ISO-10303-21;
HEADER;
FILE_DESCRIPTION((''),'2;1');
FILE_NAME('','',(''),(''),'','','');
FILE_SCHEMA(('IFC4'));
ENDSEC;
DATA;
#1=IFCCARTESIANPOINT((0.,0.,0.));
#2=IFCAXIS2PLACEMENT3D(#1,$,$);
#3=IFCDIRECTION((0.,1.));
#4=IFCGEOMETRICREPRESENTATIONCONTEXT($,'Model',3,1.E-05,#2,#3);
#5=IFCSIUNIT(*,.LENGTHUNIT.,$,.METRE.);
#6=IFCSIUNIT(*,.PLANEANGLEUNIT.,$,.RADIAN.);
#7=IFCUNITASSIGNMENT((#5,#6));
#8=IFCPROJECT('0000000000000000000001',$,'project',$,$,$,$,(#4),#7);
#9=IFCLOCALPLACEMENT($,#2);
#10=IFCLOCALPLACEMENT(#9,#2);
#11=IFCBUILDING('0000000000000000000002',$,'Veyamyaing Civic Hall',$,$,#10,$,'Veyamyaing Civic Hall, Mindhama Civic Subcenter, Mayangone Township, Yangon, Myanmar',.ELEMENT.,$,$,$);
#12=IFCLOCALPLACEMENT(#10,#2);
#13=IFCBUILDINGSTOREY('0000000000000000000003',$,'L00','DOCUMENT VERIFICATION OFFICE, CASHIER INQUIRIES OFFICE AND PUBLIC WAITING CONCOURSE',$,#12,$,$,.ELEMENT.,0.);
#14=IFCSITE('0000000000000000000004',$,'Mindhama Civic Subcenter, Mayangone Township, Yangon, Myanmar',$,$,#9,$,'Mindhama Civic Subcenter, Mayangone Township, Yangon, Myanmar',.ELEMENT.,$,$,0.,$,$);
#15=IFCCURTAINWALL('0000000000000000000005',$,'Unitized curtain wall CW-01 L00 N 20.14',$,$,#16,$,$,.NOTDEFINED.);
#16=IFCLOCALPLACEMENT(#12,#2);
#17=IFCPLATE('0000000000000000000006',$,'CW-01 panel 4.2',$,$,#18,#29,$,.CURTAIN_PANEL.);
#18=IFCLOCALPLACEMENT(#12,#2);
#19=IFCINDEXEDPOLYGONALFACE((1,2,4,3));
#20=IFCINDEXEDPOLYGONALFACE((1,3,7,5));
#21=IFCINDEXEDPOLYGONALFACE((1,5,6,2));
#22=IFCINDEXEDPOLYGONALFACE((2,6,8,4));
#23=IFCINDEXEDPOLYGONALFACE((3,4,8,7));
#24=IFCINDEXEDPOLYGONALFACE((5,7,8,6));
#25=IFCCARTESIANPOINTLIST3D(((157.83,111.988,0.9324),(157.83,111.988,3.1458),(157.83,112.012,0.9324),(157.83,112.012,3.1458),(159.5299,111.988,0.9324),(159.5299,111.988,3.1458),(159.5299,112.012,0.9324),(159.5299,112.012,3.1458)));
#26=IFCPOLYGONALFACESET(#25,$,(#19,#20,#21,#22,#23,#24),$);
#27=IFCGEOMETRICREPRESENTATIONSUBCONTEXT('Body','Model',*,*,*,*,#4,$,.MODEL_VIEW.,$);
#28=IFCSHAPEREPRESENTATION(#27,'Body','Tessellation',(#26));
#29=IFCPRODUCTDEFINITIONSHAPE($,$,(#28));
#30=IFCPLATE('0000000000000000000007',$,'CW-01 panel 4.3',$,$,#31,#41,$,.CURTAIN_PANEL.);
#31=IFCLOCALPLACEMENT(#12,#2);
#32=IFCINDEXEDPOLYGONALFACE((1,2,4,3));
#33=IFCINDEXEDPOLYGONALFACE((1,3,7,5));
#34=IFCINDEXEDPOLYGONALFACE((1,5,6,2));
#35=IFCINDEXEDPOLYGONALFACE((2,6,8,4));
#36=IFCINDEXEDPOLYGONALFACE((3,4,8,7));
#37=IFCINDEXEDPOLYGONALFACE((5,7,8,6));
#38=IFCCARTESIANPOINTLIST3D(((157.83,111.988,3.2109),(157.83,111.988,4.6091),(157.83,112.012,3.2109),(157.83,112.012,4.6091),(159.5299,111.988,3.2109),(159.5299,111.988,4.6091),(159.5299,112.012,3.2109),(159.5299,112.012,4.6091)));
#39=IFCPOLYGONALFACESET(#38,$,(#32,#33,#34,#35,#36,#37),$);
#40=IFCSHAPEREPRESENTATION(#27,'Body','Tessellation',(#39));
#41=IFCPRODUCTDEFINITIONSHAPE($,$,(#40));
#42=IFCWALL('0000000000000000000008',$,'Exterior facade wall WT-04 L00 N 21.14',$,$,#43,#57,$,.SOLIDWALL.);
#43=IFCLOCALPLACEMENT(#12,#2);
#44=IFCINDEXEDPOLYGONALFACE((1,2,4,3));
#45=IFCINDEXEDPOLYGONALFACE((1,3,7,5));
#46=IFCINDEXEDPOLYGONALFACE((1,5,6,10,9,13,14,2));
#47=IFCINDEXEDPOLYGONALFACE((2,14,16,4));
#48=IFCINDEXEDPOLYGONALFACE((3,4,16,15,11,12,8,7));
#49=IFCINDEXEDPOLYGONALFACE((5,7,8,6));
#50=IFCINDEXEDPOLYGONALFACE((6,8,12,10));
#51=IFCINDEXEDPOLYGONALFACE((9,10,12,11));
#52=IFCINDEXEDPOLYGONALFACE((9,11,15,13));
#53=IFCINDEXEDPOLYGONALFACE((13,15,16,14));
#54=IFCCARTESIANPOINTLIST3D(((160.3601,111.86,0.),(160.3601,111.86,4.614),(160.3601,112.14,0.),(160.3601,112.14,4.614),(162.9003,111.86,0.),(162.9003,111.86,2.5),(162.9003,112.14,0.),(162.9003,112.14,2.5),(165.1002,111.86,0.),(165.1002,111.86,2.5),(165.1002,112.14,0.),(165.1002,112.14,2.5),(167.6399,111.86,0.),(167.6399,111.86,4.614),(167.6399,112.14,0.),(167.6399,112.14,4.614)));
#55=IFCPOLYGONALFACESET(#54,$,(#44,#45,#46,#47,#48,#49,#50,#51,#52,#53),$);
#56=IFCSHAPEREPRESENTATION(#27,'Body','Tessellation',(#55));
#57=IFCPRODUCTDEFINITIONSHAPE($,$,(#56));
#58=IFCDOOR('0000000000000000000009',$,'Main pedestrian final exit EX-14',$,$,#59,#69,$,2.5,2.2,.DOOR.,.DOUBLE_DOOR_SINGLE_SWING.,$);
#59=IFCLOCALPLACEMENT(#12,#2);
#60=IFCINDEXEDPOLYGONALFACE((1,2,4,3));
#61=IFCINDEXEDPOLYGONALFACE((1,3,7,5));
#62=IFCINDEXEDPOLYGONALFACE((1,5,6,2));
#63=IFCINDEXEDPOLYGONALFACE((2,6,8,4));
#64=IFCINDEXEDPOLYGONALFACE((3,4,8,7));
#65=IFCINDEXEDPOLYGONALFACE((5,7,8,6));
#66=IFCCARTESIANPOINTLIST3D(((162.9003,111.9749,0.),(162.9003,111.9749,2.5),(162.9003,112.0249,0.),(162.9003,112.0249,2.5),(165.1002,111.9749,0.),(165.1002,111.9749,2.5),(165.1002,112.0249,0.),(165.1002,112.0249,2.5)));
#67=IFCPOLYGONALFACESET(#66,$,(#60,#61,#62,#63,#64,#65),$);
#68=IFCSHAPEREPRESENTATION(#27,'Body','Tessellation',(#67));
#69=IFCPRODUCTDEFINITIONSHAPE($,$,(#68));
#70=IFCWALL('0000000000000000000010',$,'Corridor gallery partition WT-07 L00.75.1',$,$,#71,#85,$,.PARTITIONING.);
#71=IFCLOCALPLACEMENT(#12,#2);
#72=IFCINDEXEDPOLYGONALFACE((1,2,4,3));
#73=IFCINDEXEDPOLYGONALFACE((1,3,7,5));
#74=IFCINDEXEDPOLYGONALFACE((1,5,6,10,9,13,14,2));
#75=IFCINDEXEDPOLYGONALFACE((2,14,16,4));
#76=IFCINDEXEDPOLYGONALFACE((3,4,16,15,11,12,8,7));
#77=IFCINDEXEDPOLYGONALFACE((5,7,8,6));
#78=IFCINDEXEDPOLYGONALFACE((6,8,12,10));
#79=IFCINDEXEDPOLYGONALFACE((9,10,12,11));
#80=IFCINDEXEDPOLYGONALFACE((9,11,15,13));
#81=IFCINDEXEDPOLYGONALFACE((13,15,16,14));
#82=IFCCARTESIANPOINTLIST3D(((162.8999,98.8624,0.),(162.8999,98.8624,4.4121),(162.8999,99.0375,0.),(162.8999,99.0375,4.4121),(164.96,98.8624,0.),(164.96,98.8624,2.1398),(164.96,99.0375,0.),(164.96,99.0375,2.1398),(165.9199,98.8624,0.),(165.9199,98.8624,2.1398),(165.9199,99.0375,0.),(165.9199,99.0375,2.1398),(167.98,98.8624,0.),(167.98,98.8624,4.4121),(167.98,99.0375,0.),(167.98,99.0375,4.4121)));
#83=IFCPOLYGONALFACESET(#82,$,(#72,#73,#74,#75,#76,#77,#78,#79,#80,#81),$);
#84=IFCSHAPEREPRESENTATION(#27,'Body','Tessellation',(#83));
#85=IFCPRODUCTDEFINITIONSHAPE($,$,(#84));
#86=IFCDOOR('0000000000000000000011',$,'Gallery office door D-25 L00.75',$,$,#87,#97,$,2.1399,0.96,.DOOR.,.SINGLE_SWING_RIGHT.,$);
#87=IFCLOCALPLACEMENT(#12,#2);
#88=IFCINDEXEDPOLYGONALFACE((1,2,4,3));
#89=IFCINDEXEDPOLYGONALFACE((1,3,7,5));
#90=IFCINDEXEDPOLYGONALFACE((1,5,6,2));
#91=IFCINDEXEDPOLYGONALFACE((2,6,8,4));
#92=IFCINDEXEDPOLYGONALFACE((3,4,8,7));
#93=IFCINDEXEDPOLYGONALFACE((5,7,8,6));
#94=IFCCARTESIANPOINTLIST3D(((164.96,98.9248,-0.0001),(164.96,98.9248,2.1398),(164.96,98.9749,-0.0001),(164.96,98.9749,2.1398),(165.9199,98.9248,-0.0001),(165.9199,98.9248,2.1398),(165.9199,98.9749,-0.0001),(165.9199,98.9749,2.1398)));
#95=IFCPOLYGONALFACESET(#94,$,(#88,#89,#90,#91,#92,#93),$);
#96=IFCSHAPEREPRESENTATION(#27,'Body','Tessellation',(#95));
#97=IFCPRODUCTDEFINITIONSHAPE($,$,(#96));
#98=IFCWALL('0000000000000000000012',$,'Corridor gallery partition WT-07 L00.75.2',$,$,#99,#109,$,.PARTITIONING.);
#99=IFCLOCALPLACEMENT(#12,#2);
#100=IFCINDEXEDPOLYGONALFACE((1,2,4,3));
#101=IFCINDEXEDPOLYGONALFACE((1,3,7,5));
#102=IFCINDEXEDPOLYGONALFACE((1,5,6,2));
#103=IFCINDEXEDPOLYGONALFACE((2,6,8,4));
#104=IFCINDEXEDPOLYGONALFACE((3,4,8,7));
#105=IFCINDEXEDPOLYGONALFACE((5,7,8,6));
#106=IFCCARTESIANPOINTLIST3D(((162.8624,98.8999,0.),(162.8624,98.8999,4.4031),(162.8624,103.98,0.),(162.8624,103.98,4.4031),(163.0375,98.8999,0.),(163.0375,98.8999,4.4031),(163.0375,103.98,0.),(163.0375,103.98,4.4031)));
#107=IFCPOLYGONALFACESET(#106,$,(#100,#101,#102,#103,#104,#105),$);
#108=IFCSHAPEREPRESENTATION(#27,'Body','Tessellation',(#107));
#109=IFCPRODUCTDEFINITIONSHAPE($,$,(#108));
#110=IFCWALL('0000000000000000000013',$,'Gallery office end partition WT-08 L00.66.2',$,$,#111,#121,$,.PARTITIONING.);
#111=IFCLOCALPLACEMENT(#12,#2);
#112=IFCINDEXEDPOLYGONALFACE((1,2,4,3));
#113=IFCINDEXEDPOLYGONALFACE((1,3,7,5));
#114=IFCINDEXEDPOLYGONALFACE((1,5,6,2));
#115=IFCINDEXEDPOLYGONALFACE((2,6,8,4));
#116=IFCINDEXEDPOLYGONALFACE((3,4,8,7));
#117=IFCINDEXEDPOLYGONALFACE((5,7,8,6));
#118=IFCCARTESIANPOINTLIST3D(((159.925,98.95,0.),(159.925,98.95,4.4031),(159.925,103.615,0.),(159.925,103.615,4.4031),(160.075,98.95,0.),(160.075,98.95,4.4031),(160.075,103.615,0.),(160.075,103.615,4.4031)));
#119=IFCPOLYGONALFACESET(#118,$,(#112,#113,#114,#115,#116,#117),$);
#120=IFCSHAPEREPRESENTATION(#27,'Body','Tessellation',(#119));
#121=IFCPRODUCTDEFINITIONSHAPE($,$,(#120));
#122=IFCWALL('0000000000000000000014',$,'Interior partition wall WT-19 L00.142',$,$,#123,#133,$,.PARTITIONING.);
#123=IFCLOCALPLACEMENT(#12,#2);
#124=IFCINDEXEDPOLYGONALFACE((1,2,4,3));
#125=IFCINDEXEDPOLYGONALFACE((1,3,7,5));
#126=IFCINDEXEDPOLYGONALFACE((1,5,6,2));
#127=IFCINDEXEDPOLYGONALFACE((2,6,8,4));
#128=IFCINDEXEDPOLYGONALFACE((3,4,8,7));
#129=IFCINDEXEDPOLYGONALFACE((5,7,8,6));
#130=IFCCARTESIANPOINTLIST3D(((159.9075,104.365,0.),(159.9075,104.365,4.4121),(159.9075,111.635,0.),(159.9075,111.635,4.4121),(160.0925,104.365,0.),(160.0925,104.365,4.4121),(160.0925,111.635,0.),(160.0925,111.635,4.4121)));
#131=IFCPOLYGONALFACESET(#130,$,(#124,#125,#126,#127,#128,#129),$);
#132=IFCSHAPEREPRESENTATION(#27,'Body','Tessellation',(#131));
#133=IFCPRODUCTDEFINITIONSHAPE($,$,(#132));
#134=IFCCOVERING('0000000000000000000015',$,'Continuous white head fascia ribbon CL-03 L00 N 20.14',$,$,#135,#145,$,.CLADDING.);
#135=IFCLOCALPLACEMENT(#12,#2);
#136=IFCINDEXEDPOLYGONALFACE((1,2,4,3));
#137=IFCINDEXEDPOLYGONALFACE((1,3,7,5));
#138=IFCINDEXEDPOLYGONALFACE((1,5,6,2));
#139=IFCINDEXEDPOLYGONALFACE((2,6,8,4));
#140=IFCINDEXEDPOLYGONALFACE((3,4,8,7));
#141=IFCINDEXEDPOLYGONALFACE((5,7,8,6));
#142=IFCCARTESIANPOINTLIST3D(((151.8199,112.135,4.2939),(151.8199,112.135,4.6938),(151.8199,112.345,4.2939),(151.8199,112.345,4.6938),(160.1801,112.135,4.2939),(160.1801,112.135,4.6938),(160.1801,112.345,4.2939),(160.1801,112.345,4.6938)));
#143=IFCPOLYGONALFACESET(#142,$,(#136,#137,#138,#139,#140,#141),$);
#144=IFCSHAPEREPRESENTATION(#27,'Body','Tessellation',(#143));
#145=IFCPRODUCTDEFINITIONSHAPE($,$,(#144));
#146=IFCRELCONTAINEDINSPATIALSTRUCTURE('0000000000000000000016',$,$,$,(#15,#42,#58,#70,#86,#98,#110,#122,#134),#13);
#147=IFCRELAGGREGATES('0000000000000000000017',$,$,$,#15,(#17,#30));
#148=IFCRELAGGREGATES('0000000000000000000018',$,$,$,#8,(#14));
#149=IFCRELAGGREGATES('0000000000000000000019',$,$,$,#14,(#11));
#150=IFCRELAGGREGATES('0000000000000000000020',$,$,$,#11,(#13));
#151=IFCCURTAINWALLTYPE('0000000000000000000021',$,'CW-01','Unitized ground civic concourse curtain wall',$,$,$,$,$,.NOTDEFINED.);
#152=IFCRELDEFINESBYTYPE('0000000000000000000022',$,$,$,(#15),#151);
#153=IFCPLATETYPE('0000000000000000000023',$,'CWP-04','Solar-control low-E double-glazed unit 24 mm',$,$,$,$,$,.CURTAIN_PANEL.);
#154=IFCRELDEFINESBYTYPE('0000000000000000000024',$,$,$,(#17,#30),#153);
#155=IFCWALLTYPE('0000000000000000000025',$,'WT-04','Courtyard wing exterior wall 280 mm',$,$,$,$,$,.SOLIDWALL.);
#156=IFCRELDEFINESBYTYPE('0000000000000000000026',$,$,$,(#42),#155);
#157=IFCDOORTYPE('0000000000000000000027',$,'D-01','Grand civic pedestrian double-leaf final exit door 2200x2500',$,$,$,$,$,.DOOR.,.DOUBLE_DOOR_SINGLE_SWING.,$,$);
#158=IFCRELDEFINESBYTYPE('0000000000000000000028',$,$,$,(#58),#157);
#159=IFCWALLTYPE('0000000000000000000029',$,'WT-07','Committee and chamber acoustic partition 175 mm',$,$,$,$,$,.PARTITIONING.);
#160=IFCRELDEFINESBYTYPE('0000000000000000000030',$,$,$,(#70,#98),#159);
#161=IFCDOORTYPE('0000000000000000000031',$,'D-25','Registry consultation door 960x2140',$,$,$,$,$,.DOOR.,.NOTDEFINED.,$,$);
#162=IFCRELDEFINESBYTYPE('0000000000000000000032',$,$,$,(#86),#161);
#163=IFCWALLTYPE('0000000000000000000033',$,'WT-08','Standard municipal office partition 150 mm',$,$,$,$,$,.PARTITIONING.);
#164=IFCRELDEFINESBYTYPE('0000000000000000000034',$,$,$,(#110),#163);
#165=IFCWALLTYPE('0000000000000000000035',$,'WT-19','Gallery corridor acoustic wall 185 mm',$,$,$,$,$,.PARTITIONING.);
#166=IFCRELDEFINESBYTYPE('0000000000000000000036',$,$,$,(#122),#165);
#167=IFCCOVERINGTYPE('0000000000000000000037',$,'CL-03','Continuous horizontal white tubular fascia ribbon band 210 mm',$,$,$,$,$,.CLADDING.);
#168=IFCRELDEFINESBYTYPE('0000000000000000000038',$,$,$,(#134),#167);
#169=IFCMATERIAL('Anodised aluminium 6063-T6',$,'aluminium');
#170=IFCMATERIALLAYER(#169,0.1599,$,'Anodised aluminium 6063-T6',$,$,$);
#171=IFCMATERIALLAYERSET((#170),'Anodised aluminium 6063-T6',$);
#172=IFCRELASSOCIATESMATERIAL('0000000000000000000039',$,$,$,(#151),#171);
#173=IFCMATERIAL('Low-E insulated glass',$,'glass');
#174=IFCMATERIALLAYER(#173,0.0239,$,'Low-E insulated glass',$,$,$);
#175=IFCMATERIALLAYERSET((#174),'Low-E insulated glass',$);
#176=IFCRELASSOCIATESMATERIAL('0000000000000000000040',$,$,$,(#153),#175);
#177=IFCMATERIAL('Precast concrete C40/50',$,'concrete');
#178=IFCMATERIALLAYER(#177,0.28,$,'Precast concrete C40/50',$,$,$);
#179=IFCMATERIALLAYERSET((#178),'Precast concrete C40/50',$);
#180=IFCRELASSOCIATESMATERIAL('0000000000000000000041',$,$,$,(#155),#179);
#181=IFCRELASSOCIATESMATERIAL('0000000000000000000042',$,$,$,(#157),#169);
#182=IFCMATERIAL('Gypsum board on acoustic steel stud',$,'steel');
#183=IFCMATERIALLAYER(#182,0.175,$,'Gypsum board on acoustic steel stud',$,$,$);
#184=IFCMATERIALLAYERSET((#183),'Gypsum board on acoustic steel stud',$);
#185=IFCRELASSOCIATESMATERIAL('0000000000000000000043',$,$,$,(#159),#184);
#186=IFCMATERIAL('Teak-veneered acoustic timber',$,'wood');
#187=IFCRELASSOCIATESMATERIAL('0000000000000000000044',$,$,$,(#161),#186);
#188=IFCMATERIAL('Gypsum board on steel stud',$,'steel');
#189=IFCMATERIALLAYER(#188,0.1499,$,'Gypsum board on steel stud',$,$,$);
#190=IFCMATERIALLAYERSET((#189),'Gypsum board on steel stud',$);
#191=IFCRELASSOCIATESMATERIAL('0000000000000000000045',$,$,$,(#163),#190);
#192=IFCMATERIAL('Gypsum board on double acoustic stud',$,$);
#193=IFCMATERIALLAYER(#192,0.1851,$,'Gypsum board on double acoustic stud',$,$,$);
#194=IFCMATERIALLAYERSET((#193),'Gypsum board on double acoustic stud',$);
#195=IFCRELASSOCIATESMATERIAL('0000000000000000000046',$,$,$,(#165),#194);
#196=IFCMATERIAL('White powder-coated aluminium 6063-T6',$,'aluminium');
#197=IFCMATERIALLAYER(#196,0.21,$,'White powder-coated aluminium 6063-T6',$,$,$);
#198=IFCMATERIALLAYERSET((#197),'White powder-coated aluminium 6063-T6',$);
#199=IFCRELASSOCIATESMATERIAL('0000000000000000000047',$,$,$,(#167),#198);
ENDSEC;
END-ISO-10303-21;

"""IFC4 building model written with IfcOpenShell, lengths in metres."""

from ifc_helpers import new_model, si_unit, direction, frame, frame_2d, origin, origin_2d, place, context, subcontext, project, spatial, rectangle, extrude, material, layer, layer_set, type_object, element, fill, aggregate, save


model = new_model("IFC4")

# Units and contexts
model_context = context("Model", 3, precision=1e-05, world=origin(), true_north=direction((0.0, 1.0)))
body_context = subcontext(model_context, "Body", "Model", "MODEL_VIEW")
ifc_project = project(units=[si_unit("LENGTHUNIT", "METRE"), si_unit("PLANEANGLEUNIT", "RADIAN")], contexts=[model_context])

# Site, building, storey
site_placement = place(None, origin())
site = spatial("IfcSite", under=ifc_project, at=site_placement, Name="Mindhama Civic Subcenter, Mayangone Township, Yangon, Myanmar", LongName="Mindhama Civic Subcenter, Mayangone Township, Yangon, Myanmar", CompositionType="ELEMENT", RefElevation=0.0)
building_placement = place(site_placement, origin())
building = spatial("IfcBuilding", under=site, at=building_placement, Name="Veyamyaing Civic Hall", LongName="Veyamyaing Civic Hall, Mindhama Civic Subcenter, Mayangone Township, Yangon, Myanmar", CompositionType="ELEMENT")
storey_placement = place(building_placement, origin())
storey = spatial("IfcBuildingStorey", under=building, at=storey_placement, Name="L00", Description="DOCUMENT VERIFICATION OFFICE, CASHIER INQUIRIES OFFICE AND PUBLIC WAITING CONCOURSE", CompositionType="ELEMENT", Elevation=0.0)

# Curtain wall
ifc_material_1 = material(Name="Anodised aluminium 6063-T6", Category="aluminium")
ifc_layer_1 = layer(ifc_material_1, 0.1599, Name="Anodised aluminium 6063-T6")
ifc_layer_set_1 = layer_set([ifc_layer_1], Name="Anodised aluminium 6063-T6")
curtain_wall_type = type_object("IfcCurtainWallType", Name="CW-01", Description="Unitized ground civic concourse curtain wall", PredefinedType="NOTDEFINED", material=ifc_layer_set_1)
curtain_wall_placement = place(storey_placement, origin())
curtain_wall = element("IfcCurtainWall", 1, at=curtain_wall_placement, inside=storey, type_object=curtain_wall_type, Name="Unitized curtain wall CW-01 L00 N 20.14", PredefinedType="NOTDEFINED")

# Plates
ifc_material_2 = material(Name="Low-E insulated glass", Category="glass")
ifc_layer_2 = layer(ifc_material_2, 0.0239, Name="Low-E insulated glass")
ifc_layer_set_2 = layer_set([ifc_layer_2], Name="Low-E insulated glass")
plate_type = type_object("IfcPlateType", Name="CWP-04", Description="Solar-control low-E double-glazed unit 24 mm", PredefinedType="CURTAIN_PANEL", material=ifc_layer_set_2)
plate_1_placement = place(storey_placement, frame((158.6799, 112.0, 0.9324), z_axis=(0.0, 0.0, 1.0), x_axis=(1.0, 0.0, 0.0)))
plate_1 = element("IfcPlate", 2, at=plate_1_placement, type_object=plate_type, Name="CW-01 panel 4.2", PredefinedType="CURTAIN_PANEL", context=body_context, shape_type="SweptSolid", body=[
    extrude(rectangle(XDim=1.7, YDim=0.0239, at=origin_2d()), origin(), (0.0, 0.0, 1.0), 2.2134),
])
plate_2_placement = place(storey_placement, frame((158.6799, 112.0, 3.2109), z_axis=(0.0, 0.0, 1.0), x_axis=(1.0, 0.0, 0.0)))
plate_2 = element("IfcPlate", 3, at=plate_2_placement, type_object=plate_type, Name="CW-01 panel 4.3", PredefinedType="CURTAIN_PANEL", context=body_context, shape_type="SweptSolid", body=[
    extrude(rectangle(XDim=1.7, YDim=0.0239, at=origin_2d()), origin(), (0.0, 0.0, 1.0), 1.3982),
])
aggregate(curtain_wall, [plate_1, plate_2])

# Walls, openings, doors
ifc_material_3 = material(Name="Precast concrete C40/50", Category="concrete")
ifc_layer_3 = layer(ifc_material_3, 0.28, Name="Precast concrete C40/50")
ifc_layer_set_3 = layer_set([ifc_layer_3], Name="Precast concrete C40/50")
wall_type_1 = type_object("IfcWallType", Name="WT-04", Description="Courtyard wing exterior wall 280 mm", PredefinedType="SOLIDWALL", material=ifc_layer_set_3)
wall_1_placement = place(storey_placement, frame((160.3601, 112.0, 0.0), z_axis=(0.0, 0.0, 1.0), x_axis=(1.0, 0.0, 0.0)))
wall_1 = element("IfcWall", 4, at=wall_1_placement, inside=storey, type_object=wall_type_1, Name="Exterior facade wall WT-04 L00 N 21.14", PredefinedType="SOLIDWALL", context=body_context, shape_type="SweptSolid", body=[
    extrude(rectangle(XDim=7.2798, YDim=0.28, at=frame_2d((3.6399, 0.0))), origin(), (0.0, 0.0, 1.0), 4.614),
])
opening_1_placement = place(wall_1_placement, frame((2.54, 0.0, 0.0)))
opening_1 = element("IfcOpeningElement", 5, at=opening_1_placement, cuts=wall_1, PredefinedType="OPENING", context=body_context, shape_type="SweptSolid", body=[
    extrude(rectangle(XDim=2.2, YDim=2.5, at=frame_2d((1.1001, 1.25))), frame((0.0, 0.1499, 0.0), z_axis=(0.0, -1.0, 0.0), x_axis=(1.0, 0.0, 0.0)), (0.0, 0.0, 1.0), 0.3),
])
door_type_1 = type_object("IfcDoorType", Name="D-01", Description="Grand civic pedestrian double-leaf final exit door 2200x2500", OperationType="DOUBLE_DOOR_SINGLE_SWING", PredefinedType="DOOR", material=ifc_material_1)
door_1_placement = place(opening_1_placement, origin())
door_1 = element("IfcDoor", 6, at=door_1_placement, inside=storey, type_object=door_type_1, Name="Main pedestrian final exit EX-14", OperationType="DOUBLE_DOOR_SINGLE_SWING", OverallHeight=2.5, OverallWidth=2.2, PredefinedType="DOOR", context=body_context, shape_type="SweptSolid", body=[
    extrude(rectangle(XDim=2.2, YDim=2.5, at=frame_2d((1.1001, 1.25))), frame((0.0, 0.0249, 0.0), z_axis=(0.0, -1.0, 0.0), x_axis=(1.0, 0.0, 0.0)), (0.0, 0.0, 1.0), 0.05),
])
fill(opening_1, door_1)
ifc_material_4 = material(Name="Gypsum board on acoustic steel stud", Category="steel")
ifc_layer_4 = layer(ifc_material_4, 0.175, Name="Gypsum board on acoustic steel stud")
ifc_layer_set_4 = layer_set([ifc_layer_4], Name="Gypsum board on acoustic steel stud")
wall_type_2 = type_object("IfcWallType", Name="WT-07", Description="Committee and chamber acoustic partition 175 mm", PredefinedType="PARTITIONING", material=ifc_layer_set_4)
wall_2_placement = place(storey_placement, frame((162.8999, 98.95, 0.0), z_axis=(0.0, 0.0, 1.0), x_axis=(1.0, 0.0, 0.0)))
wall_2 = element("IfcWall", 7, at=wall_2_placement, inside=storey, type_object=wall_type_2, Name="Corridor gallery partition WT-07 L00.75.1", PredefinedType="PARTITIONING", context=body_context, shape_type="SweptSolid", body=[
    extrude(rectangle(XDim=5.0801, YDim=0.175, at=frame_2d((2.54, 0.0))), origin(), (0.0, 0.0, 1.0), 4.4121),
])
opening_2_placement = place(wall_2_placement, frame((2.0601, 0.0, 0.0)))
opening_2 = element("IfcOpeningElement", 8, at=opening_2_placement, cuts=wall_2, PredefinedType="OPENING", context=body_context, shape_type="SweptSolid", body=[
    extrude(rectangle(XDim=0.96, YDim=2.1399, at=frame_2d((0.48, 1.0698))), frame((0.0, 0.0974, 0.0), z_axis=(0.0, -1.0, 0.0), x_axis=(1.0, 0.0, 0.0)), (0.0, 0.0, 1.0), 0.1951),
])
ifc_material_5 = material(Name="Teak-veneered acoustic timber", Category="wood")
door_type_2 = type_object("IfcDoorType", Name="D-25", Description="Registry consultation door 960x2140", OperationType="NOTDEFINED", PredefinedType="DOOR", material=ifc_material_5)
door_2_placement = place(opening_2_placement, origin())
door_2 = element("IfcDoor", 9, at=door_2_placement, inside=storey, type_object=door_type_2, Name="Gallery office door D-25 L00.75", OperationType="SINGLE_SWING_RIGHT", OverallHeight=2.1399, OverallWidth=0.96, PredefinedType="DOOR", context=body_context, shape_type="SweptSolid", body=[
    extrude(rectangle(XDim=0.96, YDim=2.1399, at=frame_2d((0.48, 1.0698))), frame((0.0, 0.0249, 0.0), z_axis=(0.0, -1.0, 0.0), x_axis=(1.0, 0.0, 0.0)), (0.0, 0.0, 1.0), 0.05),
])
fill(opening_2, door_2)

# Walls
wall_3_placement = place(storey_placement, frame((162.95, 98.8999, 0.0), z_axis=(0.0, 0.0, 1.0), x_axis=(0.0, 1.0, 0.0)))
element("IfcWall", 10, at=wall_3_placement, inside=storey, type_object=wall_type_2, Name="Corridor gallery partition WT-07 L00.75.2", PredefinedType="PARTITIONING", context=body_context, shape_type="SweptSolid", body=[
    extrude(rectangle(XDim=5.0801, YDim=0.175, at=frame_2d((2.54, 0.0))), origin(), (0.0, 0.0, 1.0), 4.4031),
])
ifc_material_6 = material(Name="Gypsum board on steel stud", Category="steel")
ifc_layer_5 = layer(ifc_material_6, 0.1499, Name="Gypsum board on steel stud")
ifc_layer_set_5 = layer_set([ifc_layer_5], Name="Gypsum board on steel stud")
wall_type_3 = type_object("IfcWallType", Name="WT-08", Description="Standard municipal office partition 150 mm", PredefinedType="PARTITIONING", material=ifc_layer_set_5)
wall_4_placement = place(storey_placement, frame((160.0, 98.95, 0.0), z_axis=(0.0, 0.0, 1.0), x_axis=(0.0, 1.0, 0.0)))
element("IfcWall", 11, at=wall_4_placement, inside=storey, type_object=wall_type_3, Name="Gallery office end partition WT-08 L00.66.2", PredefinedType="PARTITIONING", context=body_context, shape_type="SweptSolid", body=[
    extrude(rectangle(XDim=4.665, YDim=0.1499, at=frame_2d((2.3325, 0.0))), origin(), (0.0, 0.0, 1.0), 4.4031),
])
ifc_material_7 = material(Name="Gypsum board on double acoustic stud")
ifc_layer_6 = layer(ifc_material_7, 0.1851, Name="Gypsum board on double acoustic stud")
ifc_layer_set_6 = layer_set([ifc_layer_6], Name="Gypsum board on double acoustic stud")
wall_type_4 = type_object("IfcWallType", Name="WT-19", Description="Gallery corridor acoustic wall 185 mm", PredefinedType="PARTITIONING", material=ifc_layer_set_6)
wall_5_placement = place(storey_placement, frame((160.0, 104.365, 0.0), z_axis=(0.0, 0.0, 1.0), x_axis=(0.0, 1.0, 0.0)))
element("IfcWall", 12, at=wall_5_placement, inside=storey, type_object=wall_type_4, Name="Interior partition wall WT-19 L00.142", PredefinedType="PARTITIONING", context=body_context, shape_type="SweptSolid", body=[
    extrude(rectangle(XDim=7.27, YDim=0.1851, at=frame_2d((3.635, 0.0))), origin(), (0.0, 0.0, 1.0), 4.4121),
])

# Covering
ifc_material_8 = material(Name="White powder-coated aluminium 6063-T6", Category="aluminium")
ifc_layer_7 = layer(ifc_material_8, 0.21, Name="White powder-coated aluminium 6063-T6")
ifc_layer_set_7 = layer_set([ifc_layer_7], Name="White powder-coated aluminium 6063-T6")
covering_type = type_object("IfcCoveringType", Name="CL-03", Description="Continuous horizontal white tubular fascia ribbon band 210 mm", PredefinedType="CLADDING", material=ifc_layer_set_7)
covering_placement = place(storey_placement, frame((156.0, 112.24, 4.2939), z_axis=(0.0, 0.0, 1.0), x_axis=(1.0, 0.0, 0.0)))
element("IfcCovering", 13, at=covering_placement, inside=storey, type_object=covering_type, Name="Continuous white head fascia ribbon CL-03 L00 N 20.14", PredefinedType="CLADDING", context=body_context, shape_type="SweptSolid", body=[
    extrude(rectangle(XDim=8.3601, YDim=0.21, at=origin_2d()), origin(), (0.0, 0.0, 1.0), 0.3999),
])

save(model, "model.ifc")
